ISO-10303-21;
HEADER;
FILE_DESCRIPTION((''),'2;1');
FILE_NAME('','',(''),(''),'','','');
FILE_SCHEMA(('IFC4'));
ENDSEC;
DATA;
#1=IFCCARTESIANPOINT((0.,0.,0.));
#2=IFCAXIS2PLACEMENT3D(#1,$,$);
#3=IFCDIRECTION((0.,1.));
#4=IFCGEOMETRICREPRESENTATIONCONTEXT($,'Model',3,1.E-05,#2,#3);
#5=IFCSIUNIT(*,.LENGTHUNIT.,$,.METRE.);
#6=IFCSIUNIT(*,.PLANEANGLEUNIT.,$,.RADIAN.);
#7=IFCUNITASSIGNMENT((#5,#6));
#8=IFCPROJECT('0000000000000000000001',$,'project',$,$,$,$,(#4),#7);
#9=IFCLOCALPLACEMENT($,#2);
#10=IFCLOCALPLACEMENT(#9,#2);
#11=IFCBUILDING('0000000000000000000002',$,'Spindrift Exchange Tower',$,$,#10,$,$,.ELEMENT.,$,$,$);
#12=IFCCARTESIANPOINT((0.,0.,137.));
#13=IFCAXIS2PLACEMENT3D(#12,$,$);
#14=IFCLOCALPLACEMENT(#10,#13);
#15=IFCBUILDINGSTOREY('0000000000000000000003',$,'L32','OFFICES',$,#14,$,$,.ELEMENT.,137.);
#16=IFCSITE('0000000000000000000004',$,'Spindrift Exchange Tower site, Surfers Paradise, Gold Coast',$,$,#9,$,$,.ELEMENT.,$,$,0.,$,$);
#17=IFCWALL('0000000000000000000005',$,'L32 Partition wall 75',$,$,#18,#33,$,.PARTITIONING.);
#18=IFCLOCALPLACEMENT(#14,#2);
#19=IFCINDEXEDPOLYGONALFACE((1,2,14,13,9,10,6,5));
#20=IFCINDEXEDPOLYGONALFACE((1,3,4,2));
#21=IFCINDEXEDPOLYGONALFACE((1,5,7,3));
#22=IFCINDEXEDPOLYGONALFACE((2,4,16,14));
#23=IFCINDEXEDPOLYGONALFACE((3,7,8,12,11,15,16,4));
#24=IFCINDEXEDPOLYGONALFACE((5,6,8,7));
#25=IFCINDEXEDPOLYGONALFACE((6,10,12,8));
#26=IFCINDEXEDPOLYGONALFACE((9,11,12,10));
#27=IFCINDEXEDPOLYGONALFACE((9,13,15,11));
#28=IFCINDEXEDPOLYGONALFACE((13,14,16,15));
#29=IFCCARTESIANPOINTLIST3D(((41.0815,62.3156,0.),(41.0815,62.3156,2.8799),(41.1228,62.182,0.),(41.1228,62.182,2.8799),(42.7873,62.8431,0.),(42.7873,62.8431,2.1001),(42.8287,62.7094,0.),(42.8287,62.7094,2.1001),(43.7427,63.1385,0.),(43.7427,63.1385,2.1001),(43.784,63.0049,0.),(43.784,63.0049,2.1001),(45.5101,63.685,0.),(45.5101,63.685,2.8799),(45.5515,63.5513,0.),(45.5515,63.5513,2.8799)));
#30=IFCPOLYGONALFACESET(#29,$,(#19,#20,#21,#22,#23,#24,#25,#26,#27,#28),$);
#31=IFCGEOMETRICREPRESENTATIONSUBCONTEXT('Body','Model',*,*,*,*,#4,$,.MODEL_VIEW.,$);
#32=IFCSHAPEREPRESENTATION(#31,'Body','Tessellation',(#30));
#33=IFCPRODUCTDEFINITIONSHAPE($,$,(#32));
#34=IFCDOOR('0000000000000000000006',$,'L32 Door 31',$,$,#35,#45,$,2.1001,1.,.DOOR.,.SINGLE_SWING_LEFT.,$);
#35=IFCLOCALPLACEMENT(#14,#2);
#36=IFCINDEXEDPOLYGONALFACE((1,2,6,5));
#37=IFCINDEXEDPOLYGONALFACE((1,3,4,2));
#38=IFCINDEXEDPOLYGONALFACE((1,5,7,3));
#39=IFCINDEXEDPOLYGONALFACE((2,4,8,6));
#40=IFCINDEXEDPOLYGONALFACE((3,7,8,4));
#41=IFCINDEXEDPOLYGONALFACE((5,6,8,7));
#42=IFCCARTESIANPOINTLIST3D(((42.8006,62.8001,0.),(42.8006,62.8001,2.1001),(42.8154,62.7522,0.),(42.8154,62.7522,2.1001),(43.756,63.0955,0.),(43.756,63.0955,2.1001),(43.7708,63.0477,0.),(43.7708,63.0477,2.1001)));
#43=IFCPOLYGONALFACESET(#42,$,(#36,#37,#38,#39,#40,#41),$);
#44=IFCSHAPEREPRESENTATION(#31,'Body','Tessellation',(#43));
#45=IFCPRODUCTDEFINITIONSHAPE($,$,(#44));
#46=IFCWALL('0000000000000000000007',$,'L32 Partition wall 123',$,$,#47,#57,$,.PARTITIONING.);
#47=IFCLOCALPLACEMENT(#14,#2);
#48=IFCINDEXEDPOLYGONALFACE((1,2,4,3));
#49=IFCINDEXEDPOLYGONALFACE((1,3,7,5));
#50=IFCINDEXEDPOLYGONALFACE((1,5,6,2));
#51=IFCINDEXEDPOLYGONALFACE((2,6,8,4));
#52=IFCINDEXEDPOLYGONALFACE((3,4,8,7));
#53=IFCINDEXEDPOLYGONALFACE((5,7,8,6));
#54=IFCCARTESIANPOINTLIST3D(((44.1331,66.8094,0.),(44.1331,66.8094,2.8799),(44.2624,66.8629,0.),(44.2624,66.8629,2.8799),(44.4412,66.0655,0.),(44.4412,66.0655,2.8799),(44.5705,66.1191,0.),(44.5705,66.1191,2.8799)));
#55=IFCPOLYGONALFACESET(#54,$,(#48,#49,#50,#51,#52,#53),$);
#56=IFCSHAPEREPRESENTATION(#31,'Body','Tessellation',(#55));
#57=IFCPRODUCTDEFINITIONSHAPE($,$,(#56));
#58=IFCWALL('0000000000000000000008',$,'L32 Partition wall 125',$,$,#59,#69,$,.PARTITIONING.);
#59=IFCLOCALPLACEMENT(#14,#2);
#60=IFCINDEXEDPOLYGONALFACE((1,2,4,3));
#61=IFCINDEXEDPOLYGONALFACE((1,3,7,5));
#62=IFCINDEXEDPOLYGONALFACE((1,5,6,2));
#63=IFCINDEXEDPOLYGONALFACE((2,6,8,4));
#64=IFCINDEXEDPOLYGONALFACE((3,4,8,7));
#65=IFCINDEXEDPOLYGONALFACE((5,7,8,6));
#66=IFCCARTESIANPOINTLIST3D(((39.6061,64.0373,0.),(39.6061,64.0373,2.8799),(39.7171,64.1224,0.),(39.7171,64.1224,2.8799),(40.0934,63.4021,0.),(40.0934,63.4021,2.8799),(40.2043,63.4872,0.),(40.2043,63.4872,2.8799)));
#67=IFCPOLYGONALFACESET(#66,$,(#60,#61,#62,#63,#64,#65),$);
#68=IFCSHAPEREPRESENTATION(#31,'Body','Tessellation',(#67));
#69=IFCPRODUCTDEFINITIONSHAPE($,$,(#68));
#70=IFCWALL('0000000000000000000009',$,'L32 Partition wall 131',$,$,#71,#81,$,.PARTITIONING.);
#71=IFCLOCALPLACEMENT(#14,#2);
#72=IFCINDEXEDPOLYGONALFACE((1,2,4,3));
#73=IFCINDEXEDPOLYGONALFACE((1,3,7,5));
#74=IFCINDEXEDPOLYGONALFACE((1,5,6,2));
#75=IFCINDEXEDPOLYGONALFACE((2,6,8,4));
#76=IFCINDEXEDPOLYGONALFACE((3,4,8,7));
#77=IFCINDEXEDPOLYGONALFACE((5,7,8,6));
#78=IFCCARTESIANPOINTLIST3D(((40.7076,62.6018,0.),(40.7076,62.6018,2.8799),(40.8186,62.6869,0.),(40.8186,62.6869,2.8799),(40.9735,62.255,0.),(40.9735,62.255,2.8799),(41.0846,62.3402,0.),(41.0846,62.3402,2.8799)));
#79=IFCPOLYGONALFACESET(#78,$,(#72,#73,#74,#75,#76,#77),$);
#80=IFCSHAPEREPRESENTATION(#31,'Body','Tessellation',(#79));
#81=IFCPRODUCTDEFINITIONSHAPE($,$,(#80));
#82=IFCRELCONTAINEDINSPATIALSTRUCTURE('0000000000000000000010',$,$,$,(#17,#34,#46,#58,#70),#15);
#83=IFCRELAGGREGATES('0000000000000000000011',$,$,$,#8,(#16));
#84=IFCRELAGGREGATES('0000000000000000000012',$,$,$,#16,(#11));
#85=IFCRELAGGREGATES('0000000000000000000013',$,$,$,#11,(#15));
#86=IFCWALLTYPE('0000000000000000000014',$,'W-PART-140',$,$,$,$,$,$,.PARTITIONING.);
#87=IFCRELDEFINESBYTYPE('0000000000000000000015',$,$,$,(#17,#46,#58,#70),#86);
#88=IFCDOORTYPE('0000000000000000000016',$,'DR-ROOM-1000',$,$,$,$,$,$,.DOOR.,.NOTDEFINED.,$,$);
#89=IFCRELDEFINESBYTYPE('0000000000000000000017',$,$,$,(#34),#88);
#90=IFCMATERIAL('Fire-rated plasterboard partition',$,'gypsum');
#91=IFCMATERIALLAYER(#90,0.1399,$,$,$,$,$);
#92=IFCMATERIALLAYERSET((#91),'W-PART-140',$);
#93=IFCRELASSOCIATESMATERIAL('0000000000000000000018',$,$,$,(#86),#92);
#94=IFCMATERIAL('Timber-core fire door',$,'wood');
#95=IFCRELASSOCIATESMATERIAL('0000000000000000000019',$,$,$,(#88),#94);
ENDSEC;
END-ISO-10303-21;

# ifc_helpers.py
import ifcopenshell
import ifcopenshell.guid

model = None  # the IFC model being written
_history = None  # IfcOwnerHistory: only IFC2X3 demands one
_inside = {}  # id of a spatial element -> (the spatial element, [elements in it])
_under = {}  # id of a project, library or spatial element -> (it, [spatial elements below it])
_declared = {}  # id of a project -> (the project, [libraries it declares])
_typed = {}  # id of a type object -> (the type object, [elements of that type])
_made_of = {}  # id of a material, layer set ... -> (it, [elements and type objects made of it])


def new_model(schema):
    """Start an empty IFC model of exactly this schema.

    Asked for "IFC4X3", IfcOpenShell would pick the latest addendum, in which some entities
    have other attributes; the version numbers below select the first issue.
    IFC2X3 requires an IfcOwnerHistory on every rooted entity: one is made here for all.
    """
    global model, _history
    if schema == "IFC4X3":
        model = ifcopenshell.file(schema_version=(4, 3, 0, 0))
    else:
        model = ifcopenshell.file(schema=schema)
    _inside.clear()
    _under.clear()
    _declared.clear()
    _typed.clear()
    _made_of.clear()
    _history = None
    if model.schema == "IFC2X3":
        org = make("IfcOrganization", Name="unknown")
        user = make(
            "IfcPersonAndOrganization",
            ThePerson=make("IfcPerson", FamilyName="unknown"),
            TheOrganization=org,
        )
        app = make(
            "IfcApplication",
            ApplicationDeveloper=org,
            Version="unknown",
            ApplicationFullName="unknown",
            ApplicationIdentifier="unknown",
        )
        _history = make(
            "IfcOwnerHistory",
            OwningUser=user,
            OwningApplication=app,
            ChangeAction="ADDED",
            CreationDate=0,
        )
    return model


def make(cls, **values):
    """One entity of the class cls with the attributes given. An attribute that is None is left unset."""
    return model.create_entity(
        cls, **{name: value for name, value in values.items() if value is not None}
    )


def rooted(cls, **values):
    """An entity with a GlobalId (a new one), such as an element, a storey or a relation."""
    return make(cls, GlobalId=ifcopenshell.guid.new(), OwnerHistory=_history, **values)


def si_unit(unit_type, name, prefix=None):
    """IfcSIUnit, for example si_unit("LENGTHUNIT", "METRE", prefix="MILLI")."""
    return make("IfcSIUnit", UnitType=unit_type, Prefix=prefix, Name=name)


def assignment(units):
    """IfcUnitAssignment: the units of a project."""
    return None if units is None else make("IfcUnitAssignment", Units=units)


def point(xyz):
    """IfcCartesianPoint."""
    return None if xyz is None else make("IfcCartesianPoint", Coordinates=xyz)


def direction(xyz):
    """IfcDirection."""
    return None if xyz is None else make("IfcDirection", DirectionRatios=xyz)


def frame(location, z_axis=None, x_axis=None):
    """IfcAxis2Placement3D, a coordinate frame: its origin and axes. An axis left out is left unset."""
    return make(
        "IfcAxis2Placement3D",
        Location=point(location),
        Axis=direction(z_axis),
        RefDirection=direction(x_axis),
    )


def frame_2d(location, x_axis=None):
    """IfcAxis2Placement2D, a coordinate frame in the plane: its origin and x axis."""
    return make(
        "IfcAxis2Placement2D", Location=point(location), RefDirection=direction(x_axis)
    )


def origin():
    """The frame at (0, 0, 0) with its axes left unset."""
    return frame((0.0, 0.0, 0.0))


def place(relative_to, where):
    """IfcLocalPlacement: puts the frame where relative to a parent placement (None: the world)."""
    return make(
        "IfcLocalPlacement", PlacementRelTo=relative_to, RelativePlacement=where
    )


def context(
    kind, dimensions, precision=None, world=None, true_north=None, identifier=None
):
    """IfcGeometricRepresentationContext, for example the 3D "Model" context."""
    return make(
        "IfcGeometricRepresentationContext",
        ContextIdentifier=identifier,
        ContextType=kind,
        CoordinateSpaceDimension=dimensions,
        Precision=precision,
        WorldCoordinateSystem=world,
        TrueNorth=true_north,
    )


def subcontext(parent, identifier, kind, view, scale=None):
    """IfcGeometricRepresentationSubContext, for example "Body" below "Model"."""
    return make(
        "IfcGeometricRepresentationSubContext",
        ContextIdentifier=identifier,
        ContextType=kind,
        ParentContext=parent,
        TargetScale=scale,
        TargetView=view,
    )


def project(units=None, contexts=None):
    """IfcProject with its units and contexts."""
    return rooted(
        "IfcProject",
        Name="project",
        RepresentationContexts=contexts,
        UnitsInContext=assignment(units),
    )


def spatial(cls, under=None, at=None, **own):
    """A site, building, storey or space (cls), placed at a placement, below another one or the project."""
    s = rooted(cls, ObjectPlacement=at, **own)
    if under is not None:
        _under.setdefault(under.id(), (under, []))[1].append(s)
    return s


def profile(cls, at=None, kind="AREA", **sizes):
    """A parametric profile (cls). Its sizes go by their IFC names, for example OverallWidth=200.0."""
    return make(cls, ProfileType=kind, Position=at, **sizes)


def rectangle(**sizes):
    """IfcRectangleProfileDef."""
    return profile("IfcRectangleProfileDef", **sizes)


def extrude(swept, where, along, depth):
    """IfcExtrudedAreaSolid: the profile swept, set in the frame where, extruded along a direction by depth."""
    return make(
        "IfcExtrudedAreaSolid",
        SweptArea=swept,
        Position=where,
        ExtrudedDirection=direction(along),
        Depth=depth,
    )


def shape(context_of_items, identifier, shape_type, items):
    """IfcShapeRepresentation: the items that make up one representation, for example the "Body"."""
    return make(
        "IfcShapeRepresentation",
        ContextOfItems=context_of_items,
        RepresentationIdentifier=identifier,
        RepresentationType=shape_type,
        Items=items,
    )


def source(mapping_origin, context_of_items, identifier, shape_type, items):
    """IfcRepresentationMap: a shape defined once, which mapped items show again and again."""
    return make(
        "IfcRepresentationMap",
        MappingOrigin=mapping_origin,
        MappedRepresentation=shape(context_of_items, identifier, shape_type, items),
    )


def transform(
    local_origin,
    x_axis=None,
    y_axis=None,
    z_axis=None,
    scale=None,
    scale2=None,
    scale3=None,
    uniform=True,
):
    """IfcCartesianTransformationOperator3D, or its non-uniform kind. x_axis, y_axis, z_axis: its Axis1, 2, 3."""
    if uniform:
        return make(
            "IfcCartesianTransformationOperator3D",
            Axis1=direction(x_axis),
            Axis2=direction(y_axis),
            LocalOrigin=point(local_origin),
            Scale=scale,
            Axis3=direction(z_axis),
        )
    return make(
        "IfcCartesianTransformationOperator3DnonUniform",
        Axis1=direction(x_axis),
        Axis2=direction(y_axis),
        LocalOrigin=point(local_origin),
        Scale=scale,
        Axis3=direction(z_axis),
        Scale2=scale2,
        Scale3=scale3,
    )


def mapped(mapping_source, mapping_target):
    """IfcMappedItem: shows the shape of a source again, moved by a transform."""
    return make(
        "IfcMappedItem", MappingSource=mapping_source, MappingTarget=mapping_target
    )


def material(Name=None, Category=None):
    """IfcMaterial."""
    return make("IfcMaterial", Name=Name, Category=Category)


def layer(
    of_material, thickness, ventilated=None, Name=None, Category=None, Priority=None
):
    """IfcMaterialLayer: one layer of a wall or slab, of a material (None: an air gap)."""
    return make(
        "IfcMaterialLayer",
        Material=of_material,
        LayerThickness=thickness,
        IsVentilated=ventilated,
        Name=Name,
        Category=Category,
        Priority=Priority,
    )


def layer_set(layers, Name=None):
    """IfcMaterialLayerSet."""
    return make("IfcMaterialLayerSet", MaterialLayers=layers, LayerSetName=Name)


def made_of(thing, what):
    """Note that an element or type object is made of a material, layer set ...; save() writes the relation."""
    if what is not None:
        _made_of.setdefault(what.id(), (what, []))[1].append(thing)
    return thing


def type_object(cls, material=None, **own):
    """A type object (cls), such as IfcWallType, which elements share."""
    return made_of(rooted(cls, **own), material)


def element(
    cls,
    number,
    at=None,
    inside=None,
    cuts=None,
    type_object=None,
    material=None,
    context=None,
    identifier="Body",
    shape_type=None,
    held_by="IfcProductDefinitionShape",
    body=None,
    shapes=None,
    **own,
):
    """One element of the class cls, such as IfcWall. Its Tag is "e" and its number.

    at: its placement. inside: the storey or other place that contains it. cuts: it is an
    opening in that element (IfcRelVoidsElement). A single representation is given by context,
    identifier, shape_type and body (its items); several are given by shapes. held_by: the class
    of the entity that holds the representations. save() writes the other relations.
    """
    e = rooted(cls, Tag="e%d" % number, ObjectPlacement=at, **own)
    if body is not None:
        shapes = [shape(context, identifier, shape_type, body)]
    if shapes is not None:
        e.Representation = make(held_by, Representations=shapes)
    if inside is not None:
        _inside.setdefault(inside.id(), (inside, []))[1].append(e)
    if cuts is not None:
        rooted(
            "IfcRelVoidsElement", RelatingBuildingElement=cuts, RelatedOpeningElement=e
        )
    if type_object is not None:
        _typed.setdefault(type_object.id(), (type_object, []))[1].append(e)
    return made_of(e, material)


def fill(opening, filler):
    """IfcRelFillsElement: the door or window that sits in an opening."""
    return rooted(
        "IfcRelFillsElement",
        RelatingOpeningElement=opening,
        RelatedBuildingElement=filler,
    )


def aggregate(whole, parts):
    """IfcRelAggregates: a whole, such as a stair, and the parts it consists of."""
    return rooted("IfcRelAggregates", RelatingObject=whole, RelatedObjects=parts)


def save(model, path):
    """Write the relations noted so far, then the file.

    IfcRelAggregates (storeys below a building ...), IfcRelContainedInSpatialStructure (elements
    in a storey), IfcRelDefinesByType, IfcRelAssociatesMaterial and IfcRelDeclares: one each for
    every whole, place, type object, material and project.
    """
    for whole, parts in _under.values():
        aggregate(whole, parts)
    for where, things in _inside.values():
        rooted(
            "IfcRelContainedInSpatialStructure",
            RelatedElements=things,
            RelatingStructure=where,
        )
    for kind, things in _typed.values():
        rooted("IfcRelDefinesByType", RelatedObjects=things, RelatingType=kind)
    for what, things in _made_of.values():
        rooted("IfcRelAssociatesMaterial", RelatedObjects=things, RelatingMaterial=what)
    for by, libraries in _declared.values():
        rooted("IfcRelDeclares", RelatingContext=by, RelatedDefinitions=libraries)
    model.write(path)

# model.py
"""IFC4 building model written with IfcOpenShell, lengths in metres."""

from ifc_helpers import new_model, si_unit, direction, frame, frame_2d, origin, place, context, subcontext, project, spatial, rectangle, extrude, source, transform, mapped, material, layer, layer_set, type_object, element, fill, save


model = new_model("IFC4")

# Units and contexts
model_context = context("Model", 3, precision=1e-05, world=origin(), true_north=direction((0.0, 1.0)))
body_context = subcontext(model_context, "Body", "Model", "MODEL_VIEW")
ifc_project = project(units=[si_unit("LENGTHUNIT", "METRE"), si_unit("PLANEANGLEUNIT", "RADIAN")], contexts=[model_context])

# Site, building, storey
site_placement = place(None, origin())
site = spatial("IfcSite", under=ifc_project, at=site_placement, Name="Spindrift Exchange Tower site, Surfers Paradise, Gold Coast", CompositionType="ELEMENT", RefElevation=0.0)
building_placement = place(site_placement, origin())
building = spatial("IfcBuilding", under=site, at=building_placement, Name="Spindrift Exchange Tower", CompositionType="ELEMENT")
storey_placement = place(building_placement, frame((0.0, 0.0, 137.0)))
storey = spatial("IfcBuildingStorey", under=building, at=storey_placement, Name="L32", Description="OFFICES", CompositionType="ELEMENT", Elevation=137.0)

# Wall, opening, door
ifc_material_1 = material(Name="Timber-core fire door", Category="wood")
ifc_material_2 = material(Name="Fire-rated plasterboard partition", Category="gypsum")
ifc_layer_1 = layer(ifc_material_2, 0.1399)
ifc_layer_set_1 = layer_set([ifc_layer_1], Name="W-PART-140")
wall_type_1 = type_object("IfcWallType", Name="W-PART-140", PredefinedType="PARTITIONING", material=ifc_layer_set_1)
wall_1_placement = place(storey_placement, frame((41.1021, 62.2488, 0.0), z_axis=(0.0, 0.0, 1.0), x_axis=(0.955372, 0.295407, 0.0)))
wall_1 = element("IfcWall", 1, at=wall_1_placement, inside=storey, type_object=wall_type_1, Name="L32 Partition wall 75", PredefinedType="PARTITIONING", context=body_context, shape_type="SweptSolid", body=[
    extrude(rectangle(XDim=4.6355, YDim=0.1399, at=frame_2d((2.3179, 0.0))), origin(), (0.0, 0.0, 1.0), 2.8799),
])
opening_1_placement = place(wall_1_placement, frame((1.7856, 0.0, 0.0)))
opening_1 = element("IfcOpeningElement", 2, at=opening_1_placement, cuts=wall_1, PredefinedType="OPENING", context=body_context, shape_type="SweptSolid", body=[
    extrude(rectangle(XDim=1.0, YDim=2.1001, at=frame_2d((0.5, 1.05))), frame((0.0, 0.0798, 0.0), z_axis=(0.0, -1.0, 0.0), x_axis=(1.0, 0.0, 0.0)), (0.0, 0.0, 1.0), 0.1599),
])
door_type_1 = type_object("IfcDoorType", Name="DR-ROOM-1000", OperationType="NOTDEFINED", PredefinedType="DOOR", material=ifc_material_1)
shared_shape_1 = source(origin(), body_context, "Body", "SweptSolid", [
    extrude(rectangle(XDim=1.0, YDim=2.1001, at=frame_2d((0.5, 1.05))), frame((0.0, 0.0249, 0.0), z_axis=(0.0, -1.0, 0.0), x_axis=(1.0, 0.0, 0.0)), (0.0, 0.0, 1.0), 0.05),
])
door_1_placement = place(opening_1_placement, origin())
door_1 = element("IfcDoor", 3, at=door_1_placement, inside=storey, type_object=door_type_1, Name="L32 Door 31", OperationType="SINGLE_SWING_LEFT", OverallHeight=2.1001, OverallWidth=1.0, PredefinedType="DOOR", context=body_context, shape_type="MappedRepresentation", body=[
    mapped(shared_shape_1, transform((0.0, 0.0, 0.0), scale=1.0)),
])
fill(opening_1, door_1)

# Walls
wall_2_placement = place(storey_placement, frame((44.5059, 66.0923, 0.0), z_axis=(0.0, 0.0, 1.0), x_axis=(-0.382655, 0.923891, 0.0)))
element("IfcWall", 4, at=wall_2_placement, inside=storey, type_object=wall_type_1, Name="L32 Partition wall 123", PredefinedType="PARTITIONING", context=body_context, shape_type="SweptSolid", body=[
    extrude(rectangle(XDim=0.8052, YDim=0.1399, at=frame_2d((0.4026, 0.0))), origin(), (0.0, 0.0, 1.0), 2.8799),
])
wall_3_placement = place(storey_placement, frame((40.1489, 63.4446, 0.0), z_axis=(0.0, 0.0, 1.0), x_axis=(-0.608649, 0.793439, 0.0)))
element("IfcWall", 5, at=wall_3_placement, inside=storey, type_object=wall_type_1, Name="L32 Partition wall 125", PredefinedType="PARTITIONING", context=body_context, shape_type="SweptSolid", body=[
    extrude(rectangle(XDim=0.8005, YDim=0.1399, at=frame_2d((0.4004, 0.0))), origin(), (0.0, 0.0, 1.0), 2.8799),
])
wall_4_placement = place(storey_placement, frame((41.0291, 62.2976, 0.0), z_axis=(0.0, 0.0, 1.0), x_axis=(-0.608549, 0.793516, 0.0)))
element("IfcWall", 6, at=wall_4_placement, inside=storey, type_object=wall_type_1, Name="L32 Partition wall 131", PredefinedType="PARTITIONING", context=body_context, shape_type="SweptSolid", body=[
    extrude(rectangle(XDim=0.437, YDim=0.1399, at=frame_2d((0.2185, 0.0))), origin(), (0.0, 0.0, 1.0), 2.8799),
])

save(model, "model.ifc")
